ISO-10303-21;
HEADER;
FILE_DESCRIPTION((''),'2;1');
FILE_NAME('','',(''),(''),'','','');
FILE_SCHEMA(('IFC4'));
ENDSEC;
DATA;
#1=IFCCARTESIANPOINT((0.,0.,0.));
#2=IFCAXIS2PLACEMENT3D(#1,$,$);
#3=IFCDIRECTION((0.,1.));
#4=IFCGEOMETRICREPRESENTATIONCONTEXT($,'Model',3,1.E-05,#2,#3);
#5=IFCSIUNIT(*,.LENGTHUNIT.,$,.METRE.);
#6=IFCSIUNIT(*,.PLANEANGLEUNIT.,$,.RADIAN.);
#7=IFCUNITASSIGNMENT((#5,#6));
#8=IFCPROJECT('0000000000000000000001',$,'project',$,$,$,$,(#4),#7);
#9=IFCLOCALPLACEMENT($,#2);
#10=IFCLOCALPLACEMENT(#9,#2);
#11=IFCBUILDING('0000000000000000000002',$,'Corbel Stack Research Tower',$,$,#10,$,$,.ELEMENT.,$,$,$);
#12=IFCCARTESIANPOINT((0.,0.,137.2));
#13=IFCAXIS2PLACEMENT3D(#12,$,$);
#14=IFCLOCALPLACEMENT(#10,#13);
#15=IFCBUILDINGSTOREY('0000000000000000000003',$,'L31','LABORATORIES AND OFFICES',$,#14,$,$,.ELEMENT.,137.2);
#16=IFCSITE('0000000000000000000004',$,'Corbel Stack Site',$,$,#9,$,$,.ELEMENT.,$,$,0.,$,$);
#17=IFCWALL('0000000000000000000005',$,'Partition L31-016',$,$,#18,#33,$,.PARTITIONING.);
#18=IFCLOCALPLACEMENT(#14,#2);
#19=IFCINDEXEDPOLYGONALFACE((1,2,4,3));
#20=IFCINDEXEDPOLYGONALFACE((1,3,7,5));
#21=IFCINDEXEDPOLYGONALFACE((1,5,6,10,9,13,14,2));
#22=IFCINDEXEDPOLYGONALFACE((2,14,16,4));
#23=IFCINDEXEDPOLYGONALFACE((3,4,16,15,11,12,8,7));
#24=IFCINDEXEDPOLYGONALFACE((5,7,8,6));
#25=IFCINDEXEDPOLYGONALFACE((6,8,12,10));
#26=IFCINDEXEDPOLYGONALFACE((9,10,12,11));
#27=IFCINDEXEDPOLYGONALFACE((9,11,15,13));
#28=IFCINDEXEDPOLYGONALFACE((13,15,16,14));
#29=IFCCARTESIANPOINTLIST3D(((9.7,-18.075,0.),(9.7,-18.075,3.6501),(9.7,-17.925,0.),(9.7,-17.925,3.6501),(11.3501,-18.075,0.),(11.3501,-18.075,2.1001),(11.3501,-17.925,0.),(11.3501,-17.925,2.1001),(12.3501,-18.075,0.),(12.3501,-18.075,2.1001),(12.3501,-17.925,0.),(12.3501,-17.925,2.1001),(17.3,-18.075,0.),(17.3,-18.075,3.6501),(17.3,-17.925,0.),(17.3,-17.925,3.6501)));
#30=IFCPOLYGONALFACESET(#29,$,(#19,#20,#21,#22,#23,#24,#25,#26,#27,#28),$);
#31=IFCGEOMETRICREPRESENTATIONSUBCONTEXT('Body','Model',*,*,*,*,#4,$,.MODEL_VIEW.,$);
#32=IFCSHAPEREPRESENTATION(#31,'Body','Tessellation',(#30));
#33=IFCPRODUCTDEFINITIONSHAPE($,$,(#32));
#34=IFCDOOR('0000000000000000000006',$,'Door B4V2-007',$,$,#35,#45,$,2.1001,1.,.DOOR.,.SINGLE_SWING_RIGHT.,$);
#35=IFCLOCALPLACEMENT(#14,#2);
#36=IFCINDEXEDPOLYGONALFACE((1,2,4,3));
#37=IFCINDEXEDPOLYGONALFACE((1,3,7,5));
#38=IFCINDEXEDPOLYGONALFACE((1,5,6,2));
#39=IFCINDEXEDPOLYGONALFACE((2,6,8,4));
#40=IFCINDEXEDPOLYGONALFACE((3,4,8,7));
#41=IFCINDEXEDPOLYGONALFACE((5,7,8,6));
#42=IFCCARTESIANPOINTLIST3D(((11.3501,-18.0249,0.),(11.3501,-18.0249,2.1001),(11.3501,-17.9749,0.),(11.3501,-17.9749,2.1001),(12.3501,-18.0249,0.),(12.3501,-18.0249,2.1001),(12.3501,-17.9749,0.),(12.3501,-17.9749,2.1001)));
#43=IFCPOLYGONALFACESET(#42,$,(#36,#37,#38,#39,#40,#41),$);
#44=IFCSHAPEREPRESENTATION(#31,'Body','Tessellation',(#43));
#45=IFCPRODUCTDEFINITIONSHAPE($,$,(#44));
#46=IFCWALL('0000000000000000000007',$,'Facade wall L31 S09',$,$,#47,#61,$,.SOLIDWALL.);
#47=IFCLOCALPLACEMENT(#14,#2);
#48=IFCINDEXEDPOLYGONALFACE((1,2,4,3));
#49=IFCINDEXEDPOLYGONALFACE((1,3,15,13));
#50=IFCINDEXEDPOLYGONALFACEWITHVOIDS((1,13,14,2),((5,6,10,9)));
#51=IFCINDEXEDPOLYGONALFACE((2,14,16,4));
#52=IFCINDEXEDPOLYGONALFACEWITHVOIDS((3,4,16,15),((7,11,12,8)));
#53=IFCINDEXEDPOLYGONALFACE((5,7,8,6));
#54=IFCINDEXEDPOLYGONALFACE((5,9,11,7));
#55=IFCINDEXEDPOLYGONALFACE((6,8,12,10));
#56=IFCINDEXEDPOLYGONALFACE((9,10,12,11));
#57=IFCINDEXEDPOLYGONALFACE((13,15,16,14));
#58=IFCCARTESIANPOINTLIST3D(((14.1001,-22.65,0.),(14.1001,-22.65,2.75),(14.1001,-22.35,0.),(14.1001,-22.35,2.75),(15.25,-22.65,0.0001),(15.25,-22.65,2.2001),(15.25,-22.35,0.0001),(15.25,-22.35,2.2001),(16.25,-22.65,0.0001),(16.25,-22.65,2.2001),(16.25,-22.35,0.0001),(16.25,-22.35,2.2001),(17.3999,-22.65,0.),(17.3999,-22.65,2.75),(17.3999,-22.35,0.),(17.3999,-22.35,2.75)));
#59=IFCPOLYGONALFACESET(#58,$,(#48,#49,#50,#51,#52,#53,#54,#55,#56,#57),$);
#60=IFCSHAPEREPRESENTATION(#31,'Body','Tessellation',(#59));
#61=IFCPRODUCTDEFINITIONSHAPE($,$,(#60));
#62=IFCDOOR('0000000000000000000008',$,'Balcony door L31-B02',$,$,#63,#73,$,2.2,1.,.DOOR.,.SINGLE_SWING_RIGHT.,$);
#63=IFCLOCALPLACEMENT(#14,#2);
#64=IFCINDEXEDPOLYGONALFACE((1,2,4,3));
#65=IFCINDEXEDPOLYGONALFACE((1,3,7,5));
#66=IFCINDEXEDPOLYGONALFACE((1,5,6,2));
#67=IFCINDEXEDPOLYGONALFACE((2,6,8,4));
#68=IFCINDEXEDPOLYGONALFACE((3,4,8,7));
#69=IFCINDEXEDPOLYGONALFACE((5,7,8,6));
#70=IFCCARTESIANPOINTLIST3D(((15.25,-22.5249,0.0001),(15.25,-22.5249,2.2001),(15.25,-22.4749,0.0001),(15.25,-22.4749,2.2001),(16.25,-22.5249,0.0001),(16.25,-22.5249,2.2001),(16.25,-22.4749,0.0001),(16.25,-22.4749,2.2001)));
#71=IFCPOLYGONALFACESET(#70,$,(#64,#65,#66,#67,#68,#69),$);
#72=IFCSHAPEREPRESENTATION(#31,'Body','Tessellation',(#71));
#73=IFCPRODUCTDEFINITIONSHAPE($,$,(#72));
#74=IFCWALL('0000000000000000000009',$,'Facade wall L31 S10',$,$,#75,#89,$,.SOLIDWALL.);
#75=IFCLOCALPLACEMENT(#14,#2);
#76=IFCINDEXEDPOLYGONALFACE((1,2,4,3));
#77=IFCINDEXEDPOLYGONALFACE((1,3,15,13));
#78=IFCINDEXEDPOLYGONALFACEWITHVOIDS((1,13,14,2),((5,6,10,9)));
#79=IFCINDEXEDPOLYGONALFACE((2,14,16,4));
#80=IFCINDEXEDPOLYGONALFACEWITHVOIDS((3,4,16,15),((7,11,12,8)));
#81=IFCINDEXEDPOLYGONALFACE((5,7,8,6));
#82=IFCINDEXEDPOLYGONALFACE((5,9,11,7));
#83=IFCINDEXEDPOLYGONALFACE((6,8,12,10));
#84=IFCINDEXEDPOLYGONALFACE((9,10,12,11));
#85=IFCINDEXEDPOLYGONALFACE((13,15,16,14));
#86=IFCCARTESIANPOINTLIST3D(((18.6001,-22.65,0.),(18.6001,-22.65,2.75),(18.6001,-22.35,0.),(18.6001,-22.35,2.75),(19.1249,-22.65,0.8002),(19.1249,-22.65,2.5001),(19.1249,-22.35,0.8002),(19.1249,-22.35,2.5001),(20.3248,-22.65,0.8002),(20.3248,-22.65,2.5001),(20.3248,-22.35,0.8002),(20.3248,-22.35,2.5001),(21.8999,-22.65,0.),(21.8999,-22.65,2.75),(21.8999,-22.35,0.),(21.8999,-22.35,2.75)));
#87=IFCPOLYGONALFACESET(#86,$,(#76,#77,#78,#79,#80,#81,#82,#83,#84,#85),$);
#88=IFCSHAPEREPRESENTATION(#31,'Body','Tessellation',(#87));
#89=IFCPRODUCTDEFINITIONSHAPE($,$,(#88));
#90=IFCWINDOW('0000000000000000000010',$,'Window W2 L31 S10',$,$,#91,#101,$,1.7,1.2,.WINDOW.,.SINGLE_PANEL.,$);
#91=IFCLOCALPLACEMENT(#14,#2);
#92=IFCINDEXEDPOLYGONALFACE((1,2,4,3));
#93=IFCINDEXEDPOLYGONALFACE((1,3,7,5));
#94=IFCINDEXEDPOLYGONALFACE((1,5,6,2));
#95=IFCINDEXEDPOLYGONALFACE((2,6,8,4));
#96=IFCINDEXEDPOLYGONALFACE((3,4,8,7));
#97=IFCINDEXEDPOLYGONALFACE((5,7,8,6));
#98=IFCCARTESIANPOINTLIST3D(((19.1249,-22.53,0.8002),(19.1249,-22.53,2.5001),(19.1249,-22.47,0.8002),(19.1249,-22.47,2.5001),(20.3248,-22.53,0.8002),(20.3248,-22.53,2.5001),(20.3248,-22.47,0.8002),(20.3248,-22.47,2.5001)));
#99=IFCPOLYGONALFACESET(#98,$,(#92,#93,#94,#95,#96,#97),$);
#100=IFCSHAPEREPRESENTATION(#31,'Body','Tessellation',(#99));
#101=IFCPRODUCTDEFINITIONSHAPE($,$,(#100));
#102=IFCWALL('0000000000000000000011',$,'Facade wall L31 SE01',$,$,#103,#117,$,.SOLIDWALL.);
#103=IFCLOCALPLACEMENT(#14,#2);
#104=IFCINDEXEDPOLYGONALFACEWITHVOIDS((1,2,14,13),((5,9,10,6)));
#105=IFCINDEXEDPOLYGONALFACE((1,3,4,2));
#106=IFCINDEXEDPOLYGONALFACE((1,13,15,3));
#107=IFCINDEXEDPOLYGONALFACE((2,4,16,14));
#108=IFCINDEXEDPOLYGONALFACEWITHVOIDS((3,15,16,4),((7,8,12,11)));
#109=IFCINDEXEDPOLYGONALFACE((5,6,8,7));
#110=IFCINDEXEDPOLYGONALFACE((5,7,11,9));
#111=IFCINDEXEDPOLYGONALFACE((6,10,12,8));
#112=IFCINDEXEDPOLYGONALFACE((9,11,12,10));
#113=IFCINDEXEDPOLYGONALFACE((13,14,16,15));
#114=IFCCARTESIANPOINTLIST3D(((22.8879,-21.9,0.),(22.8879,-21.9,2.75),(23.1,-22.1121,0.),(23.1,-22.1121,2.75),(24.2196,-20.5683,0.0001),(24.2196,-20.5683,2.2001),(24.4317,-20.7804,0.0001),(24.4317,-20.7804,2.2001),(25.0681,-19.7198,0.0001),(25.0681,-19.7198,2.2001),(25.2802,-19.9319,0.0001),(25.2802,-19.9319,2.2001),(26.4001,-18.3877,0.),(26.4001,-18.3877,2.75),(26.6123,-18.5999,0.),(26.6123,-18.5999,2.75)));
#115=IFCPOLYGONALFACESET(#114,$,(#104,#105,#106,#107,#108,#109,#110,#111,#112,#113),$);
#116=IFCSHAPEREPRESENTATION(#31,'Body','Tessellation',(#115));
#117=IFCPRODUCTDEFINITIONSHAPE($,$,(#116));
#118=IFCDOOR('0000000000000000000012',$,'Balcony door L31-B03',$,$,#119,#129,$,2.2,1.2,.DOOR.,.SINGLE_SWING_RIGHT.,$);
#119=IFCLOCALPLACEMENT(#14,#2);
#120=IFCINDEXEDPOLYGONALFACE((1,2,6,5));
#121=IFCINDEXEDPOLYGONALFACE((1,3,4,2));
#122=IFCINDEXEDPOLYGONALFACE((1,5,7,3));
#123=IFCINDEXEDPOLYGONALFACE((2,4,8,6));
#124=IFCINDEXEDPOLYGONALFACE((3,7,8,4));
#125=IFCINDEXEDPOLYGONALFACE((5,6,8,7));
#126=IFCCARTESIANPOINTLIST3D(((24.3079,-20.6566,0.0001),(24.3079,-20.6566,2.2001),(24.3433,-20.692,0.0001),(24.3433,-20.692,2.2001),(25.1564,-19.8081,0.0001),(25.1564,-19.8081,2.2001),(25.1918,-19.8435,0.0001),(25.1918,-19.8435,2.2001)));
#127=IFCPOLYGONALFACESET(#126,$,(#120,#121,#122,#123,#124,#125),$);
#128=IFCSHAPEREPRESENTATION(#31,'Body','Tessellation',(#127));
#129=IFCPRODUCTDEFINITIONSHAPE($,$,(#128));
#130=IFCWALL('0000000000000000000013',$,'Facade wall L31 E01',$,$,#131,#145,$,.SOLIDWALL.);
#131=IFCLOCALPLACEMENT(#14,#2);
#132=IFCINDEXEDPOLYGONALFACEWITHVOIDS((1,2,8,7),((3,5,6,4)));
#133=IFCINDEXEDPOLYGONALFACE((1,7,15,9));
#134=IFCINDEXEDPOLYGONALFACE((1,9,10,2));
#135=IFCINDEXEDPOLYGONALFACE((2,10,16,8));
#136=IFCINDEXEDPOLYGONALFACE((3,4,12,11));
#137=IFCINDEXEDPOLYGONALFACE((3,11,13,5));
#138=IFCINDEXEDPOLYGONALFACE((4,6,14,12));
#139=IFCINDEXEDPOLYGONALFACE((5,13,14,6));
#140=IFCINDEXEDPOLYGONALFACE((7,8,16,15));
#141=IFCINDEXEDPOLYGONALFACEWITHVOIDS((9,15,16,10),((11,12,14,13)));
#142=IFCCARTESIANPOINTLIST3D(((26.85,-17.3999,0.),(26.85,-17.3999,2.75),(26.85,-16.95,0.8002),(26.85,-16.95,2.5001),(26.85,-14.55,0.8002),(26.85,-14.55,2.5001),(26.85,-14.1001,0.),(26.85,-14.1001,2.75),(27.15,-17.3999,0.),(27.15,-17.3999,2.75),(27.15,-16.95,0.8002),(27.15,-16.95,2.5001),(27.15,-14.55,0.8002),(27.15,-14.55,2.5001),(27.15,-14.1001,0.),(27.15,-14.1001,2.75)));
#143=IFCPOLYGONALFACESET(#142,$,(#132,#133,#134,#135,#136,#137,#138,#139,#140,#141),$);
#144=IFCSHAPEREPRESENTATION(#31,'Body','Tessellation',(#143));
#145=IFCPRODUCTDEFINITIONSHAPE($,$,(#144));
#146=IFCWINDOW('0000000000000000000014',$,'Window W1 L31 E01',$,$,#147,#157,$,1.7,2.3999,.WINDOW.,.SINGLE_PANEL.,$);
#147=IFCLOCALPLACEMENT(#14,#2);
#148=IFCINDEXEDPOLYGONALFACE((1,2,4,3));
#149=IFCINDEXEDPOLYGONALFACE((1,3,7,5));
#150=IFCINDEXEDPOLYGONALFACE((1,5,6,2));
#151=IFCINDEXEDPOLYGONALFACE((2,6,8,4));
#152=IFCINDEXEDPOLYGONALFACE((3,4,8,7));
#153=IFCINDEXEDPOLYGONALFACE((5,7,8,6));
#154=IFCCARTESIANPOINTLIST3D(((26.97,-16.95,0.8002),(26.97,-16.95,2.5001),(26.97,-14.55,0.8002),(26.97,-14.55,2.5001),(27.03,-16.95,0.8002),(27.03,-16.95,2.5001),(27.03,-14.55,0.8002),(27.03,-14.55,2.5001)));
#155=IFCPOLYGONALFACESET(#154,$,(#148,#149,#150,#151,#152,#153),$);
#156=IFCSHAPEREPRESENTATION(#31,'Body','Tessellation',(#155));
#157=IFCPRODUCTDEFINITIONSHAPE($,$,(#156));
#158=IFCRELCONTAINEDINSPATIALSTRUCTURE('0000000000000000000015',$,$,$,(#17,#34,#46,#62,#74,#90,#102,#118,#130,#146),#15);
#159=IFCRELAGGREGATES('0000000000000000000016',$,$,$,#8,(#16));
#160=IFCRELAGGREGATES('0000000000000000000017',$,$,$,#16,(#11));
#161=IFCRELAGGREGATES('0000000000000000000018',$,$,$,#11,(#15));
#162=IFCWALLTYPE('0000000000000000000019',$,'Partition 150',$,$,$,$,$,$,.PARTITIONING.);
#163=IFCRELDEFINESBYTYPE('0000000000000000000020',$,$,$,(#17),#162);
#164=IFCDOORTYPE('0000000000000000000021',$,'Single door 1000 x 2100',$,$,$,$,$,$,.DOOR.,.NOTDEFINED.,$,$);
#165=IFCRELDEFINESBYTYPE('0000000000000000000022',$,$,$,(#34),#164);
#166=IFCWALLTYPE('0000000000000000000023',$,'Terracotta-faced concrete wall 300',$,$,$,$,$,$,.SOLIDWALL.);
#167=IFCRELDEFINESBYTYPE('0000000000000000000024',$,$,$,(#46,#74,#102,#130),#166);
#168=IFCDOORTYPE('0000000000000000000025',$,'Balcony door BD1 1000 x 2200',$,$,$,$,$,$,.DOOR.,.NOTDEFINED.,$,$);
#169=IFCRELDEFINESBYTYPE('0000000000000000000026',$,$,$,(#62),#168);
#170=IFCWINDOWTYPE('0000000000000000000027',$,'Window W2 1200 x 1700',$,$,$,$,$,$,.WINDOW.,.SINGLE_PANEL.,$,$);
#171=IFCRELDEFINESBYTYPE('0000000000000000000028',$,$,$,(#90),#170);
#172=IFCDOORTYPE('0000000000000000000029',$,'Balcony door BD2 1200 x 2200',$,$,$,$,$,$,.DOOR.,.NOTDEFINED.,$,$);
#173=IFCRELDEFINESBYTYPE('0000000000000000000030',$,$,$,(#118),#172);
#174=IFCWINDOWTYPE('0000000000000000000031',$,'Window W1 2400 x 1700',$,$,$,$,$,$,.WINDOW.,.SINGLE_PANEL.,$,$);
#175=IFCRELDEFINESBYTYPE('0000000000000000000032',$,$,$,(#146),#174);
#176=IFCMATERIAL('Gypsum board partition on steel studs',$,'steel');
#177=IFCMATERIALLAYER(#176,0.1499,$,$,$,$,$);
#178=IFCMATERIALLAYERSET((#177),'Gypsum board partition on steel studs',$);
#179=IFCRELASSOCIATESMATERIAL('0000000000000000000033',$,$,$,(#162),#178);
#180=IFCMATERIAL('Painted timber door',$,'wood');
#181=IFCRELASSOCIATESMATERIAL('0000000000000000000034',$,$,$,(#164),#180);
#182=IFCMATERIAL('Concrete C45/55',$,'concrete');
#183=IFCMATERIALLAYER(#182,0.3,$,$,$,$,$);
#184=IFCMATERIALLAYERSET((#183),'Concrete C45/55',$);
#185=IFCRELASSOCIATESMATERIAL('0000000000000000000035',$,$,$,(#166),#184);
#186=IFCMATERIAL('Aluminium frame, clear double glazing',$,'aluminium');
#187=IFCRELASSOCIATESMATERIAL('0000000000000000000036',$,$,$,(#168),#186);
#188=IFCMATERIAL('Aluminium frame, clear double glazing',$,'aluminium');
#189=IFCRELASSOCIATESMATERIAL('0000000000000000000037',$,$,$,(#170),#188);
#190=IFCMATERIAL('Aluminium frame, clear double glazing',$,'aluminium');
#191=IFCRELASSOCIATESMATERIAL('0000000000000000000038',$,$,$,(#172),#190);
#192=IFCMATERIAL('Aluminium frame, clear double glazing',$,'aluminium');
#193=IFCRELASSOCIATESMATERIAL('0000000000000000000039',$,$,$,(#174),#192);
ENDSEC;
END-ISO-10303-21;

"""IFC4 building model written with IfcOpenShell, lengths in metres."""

from ifc_helpers import new_model, si_unit, direction, frame, frame_2d, origin, place, context, subcontext, project, spatial, rectangle, extrude, material, layer, layer_set, type_object, element, fill, save


model = new_model("IFC4")

# Units and contexts
model_context = context("Model", 3, precision=1e-05, world=origin(), true_north=direction((0.0, 1.0)))
body_context = subcontext(model_context, "Body", "Model", "MODEL_VIEW")
ifc_project = project(units=[si_unit("LENGTHUNIT", "METRE"), si_unit("PLANEANGLEUNIT", "RADIAN")], contexts=[model_context])

# Site, building, storey
site_placement = place(None, origin())
site = spatial("IfcSite", under=ifc_project, at=site_placement, Name="Corbel Stack Site", CompositionType="ELEMENT", RefElevation=0.0)
building_placement = place(site_placement, origin())
building = spatial("IfcBuilding", under=site, at=building_placement, Name="Corbel Stack Research Tower", CompositionType="ELEMENT")
storey_placement = place(building_placement, frame((0.0, 0.0, 137.2)))
storey = spatial("IfcBuildingStorey", under=building, at=storey_placement, Name="L31", Description="LABORATORIES AND OFFICES", CompositionType="ELEMENT", Elevation=137.2)

# Walls, openings, doors
ifc_material_1 = material(Name="Gypsum board partition on steel studs", Category="steel")
ifc_layer_1 = layer(ifc_material_1, 0.1499)
ifc_layer_set_1 = layer_set([ifc_layer_1], Name="Gypsum board partition on steel studs")
wall_type_1 = type_object("IfcWallType", Name="Partition 150", PredefinedType="PARTITIONING", material=ifc_layer_set_1)
wall_1_placement = place(storey_placement, frame((17.3, -18.0, 0.0), z_axis=(0.0, 0.0, 1.0), x_axis=(-1.0, 0.0, 0.0)))
wall_1 = element("IfcWall", 1, at=wall_1_placement, inside=storey, type_object=wall_type_1, Name="Partition L31-016", PredefinedType="PARTITIONING", context=body_context, shape_type="SweptSolid", body=[
    extrude(rectangle(XDim=7.6001, YDim=0.1499, at=frame_2d((3.8, 0.0))), origin(), (0.0, 0.0, 1.0), 3.6501),
])
opening_1_placement = place(wall_1_placement, frame((4.95, 0.0, 0.0)))
opening_1 = element("IfcOpeningElement", 2, at=opening_1_placement, cuts=wall_1, PredefinedType="OPENING", context=body_context, shape_type="SweptSolid", body=[
    extrude(rectangle(XDim=1.0, YDim=2.1001, at=frame_2d((0.5, 1.05))), frame((0.0, 0.085, 0.0), z_axis=(0.0, -1.0, 0.0), x_axis=(1.0, 0.0, 0.0)), (0.0, 0.0, 1.0), 0.1699),
])
ifc_material_2 = material(Name="Painted timber door", Category="wood")
door_type_1 = type_object("IfcDoorType", Name="Single door 1000 x 2100", OperationType="NOTDEFINED", PredefinedType="DOOR", material=ifc_material_2)
door_1_placement = place(opening_1_placement, origin())
door_1 = element("IfcDoor", 3, at=door_1_placement, inside=storey, type_object=door_type_1, Name="Door B4V2-007", OperationType="SINGLE_SWING_RIGHT", OverallHeight=2.1001, OverallWidth=1.0, PredefinedType="DOOR", context=body_context, shape_type="SweptSolid", body=[
    extrude(rectangle(XDim=1.0, YDim=2.1001, at=frame_2d((0.5, 1.05))), frame((0.0, 0.0249, 0.0), z_axis=(0.0, -1.0, 0.0), x_axis=(1.0, 0.0, 0.0)), (0.0, 0.0, 1.0), 0.05),
])
fill(opening_1, door_1)
ifc_material_3 = material(Name="Concrete C45/55", Category="concrete")
ifc_layer_2 = layer(ifc_material_3, 0.3)
ifc_layer_set_2 = layer_set([ifc_layer_2], Name="Concrete C45/55")
wall_type_2 = type_object("IfcWallType", Name="Terracotta-faced concrete wall 300", PredefinedType="SOLIDWALL", material=ifc_layer_set_2)
wall_2_placement = place(storey_placement, frame((17.3999, -22.5, 0.0), z_axis=(0.0, 0.0, 1.0), x_axis=(-1.0, 0.0, 0.0)))
wall_2 = element("IfcWall", 4, at=wall_2_placement, inside=storey, type_object=wall_type_2, Name="Facade wall L31 S09", PredefinedType="SOLIDWALL", context=body_context, shape_type="SweptSolid", body=[
    extrude(rectangle(XDim=3.2998, YDim=0.3, at=frame_2d((1.6499, 0.0))), origin(), (0.0, 0.0, 1.0), 2.75),
])
opening_2_placement = place(wall_2_placement, frame((1.1499, 0.0, 0.0)))
opening_2 = element("IfcOpeningElement", 5, at=opening_2_placement, cuts=wall_2, PredefinedType="OPENING", context=body_context, shape_type="SweptSolid", body=[
    extrude(rectangle(XDim=1.0, YDim=2.2, at=frame_2d((0.5, 1.1001))), frame((0.0, 0.1599, 0.0), z_axis=(0.0, -1.0, 0.0), x_axis=(1.0, 0.0, 0.0)), (0.0, 0.0, 1.0), 0.3201),
])
ifc_material_4 = material(Name="Aluminium frame, clear double glazing", Category="aluminium")
door_type_2 = type_object("IfcDoorType", Name="Balcony door BD1 1000 x 2200", OperationType="NOTDEFINED", PredefinedType="DOOR", material=ifc_material_4)
door_2_placement = place(opening_2_placement, origin())
door_2 = element("IfcDoor", 6, at=door_2_placement, inside=storey, type_object=door_type_2, Name="Balcony door L31-B02", OperationType="SINGLE_SWING_RIGHT", OverallHeight=2.2, OverallWidth=1.0, PredefinedType="DOOR", context=body_context, shape_type="SweptSolid", body=[
    extrude(rectangle(XDim=1.0, YDim=2.2, at=frame_2d((0.5, 1.1001))), frame((0.0, 0.0249, 0.0), z_axis=(0.0, -1.0, 0.0), x_axis=(1.0, 0.0, 0.0)), (0.0, 0.0, 1.0), 0.05),
])
fill(opening_2, door_2)

# Wall, opening, window
wall_3_placement = place(storey_placement, frame((21.8999, -22.5, 0.0), z_axis=(0.0, 0.0, 1.0), x_axis=(-1.0, 0.0, 0.0)))
wall_3 = element("IfcWall", 7, at=wall_3_placement, inside=storey, type_object=wall_type_2, Name="Facade wall L31 S10", PredefinedType="SOLIDWALL", context=body_context, shape_type="SweptSolid", body=[
    extrude(rectangle(XDim=3.2998, YDim=0.3, at=frame_2d((1.6499, 0.0))), origin(), (0.0, 0.0, 1.0), 2.75),
])
opening_3_placement = place(wall_3_placement, frame((1.575, 0.0, 0.8)))
opening_3 = element("IfcOpeningElement", 8, at=opening_3_placement, cuts=wall_3, PredefinedType="OPENING", context=body_context, shape_type="SweptSolid", body=[
    extrude(rectangle(XDim=1.2, YDim=1.7, at=frame_2d((0.6001, 0.8501))), frame((0.0, 0.1599, 0.0), z_axis=(0.0, -1.0, 0.0), x_axis=(1.0, 0.0, 0.0)), (0.0, 0.0, 1.0), 0.3201),
])
ifc_material_5 = material(Name="Aluminium frame, clear double glazing", Category="aluminium")
window_type_1 = type_object("IfcWindowType", Name="Window W2 1200 x 1700", PartitioningType="SINGLE_PANEL", PredefinedType="WINDOW", material=ifc_material_5)
window_1_placement = place(opening_3_placement, origin())
window_1 = element("IfcWindow", 9, at=window_1_placement, inside=storey, type_object=window_type_1, Name="Window W2 L31 S10", OverallHeight=1.7, OverallWidth=1.2, PartitioningType="SINGLE_PANEL", PredefinedType="WINDOW", context=body_context, shape_type="SweptSolid", body=[
    extrude(rectangle(XDim=1.2, YDim=1.7, at=frame_2d((0.6001, 0.8501))), frame((0.0, 0.03, 0.0), z_axis=(0.0, -1.0, 0.0), x_axis=(1.0, 0.0, 0.0)), (0.0, 0.0, 1.0), 0.0601),
])
fill(opening_3, window_1)

# Wall, opening, door
wall_4_placement = place(storey_placement, frame((26.5061, -18.4939, 0.0), z_axis=(0.0, 0.0, 1.0), x_axis=(-0.707107, -0.707107, 0.0)))
wall_4 = element("IfcWall", 10, at=wall_4_placement, inside=storey, type_object=wall_type_2, Name="Facade wall L31 SE01", PredefinedType="SOLIDWALL", context=body_context, shape_type="SweptSolid", body=[
    extrude(rectangle(XDim=4.967, YDim=0.3, at=frame_2d((2.4834, 0.0))), origin(), (0.0, 0.0, 1.0), 2.75),
])
opening_4_placement = place(wall_4_placement, frame((1.8835, 0.0, 0.0)))
opening_4 = element("IfcOpeningElement", 11, at=opening_4_placement, cuts=wall_4, PredefinedType="OPENING", context=body_context, shape_type="SweptSolid", body=[
    extrude(rectangle(XDim=1.2, YDim=2.2, at=frame_2d((0.6001, 1.1001))), frame((0.0, 0.1599, 0.0), z_axis=(0.0, -1.0, 0.0), x_axis=(1.0, 0.0, 0.0)), (0.0, 0.0, 1.0), 0.3201),
])
ifc_material_6 = material(Name="Aluminium frame, clear double glazing", Category="aluminium")
door_type_3 = type_object("IfcDoorType", Name="Balcony door BD2 1200 x 2200", OperationType="NOTDEFINED", PredefinedType="DOOR", material=ifc_material_6)
door_3_placement = place(opening_4_placement, origin())
door_3 = element("IfcDoor", 12, at=door_3_placement, inside=storey, type_object=door_type_3, Name="Balcony door L31-B03", OperationType="SINGLE_SWING_RIGHT", OverallHeight=2.2, OverallWidth=1.2, PredefinedType="DOOR", context=body_context, shape_type="SweptSolid", body=[
    extrude(rectangle(XDim=1.2, YDim=2.2, at=frame_2d((0.6001, 1.1001))), frame((0.0, 0.0249, 0.0), z_axis=(0.0, -1.0, 0.0), x_axis=(1.0, 0.0, 0.0)), (0.0, 0.0, 1.0), 0.05),
])
fill(opening_4, door_3)

# Wall, opening, window
wall_5_placement = place(storey_placement, frame((27.0, -14.1001, 0.0), z_axis=(0.0, 0.0, 1.0), x_axis=(0.0, -1.0, 0.0)))
wall_5 = element("IfcWall", 13, at=wall_5_placement, inside=storey, type_object=wall_type_2, Name="Facade wall L31 E01", PredefinedType="SOLIDWALL", context=body_context, shape_type="SweptSolid", body=[
    extrude(rectangle(XDim=3.2998, YDim=0.3, at=frame_2d((1.6499, 0.0))), origin(), (0.0, 0.0, 1.0), 2.75),
])
opening_5_placement = place(wall_5_placement, frame((0.45, 0.0, 0.8)))
opening_5 = element("IfcOpeningElement", 14, at=opening_5_placement, cuts=wall_5, PredefinedType="OPENING", context=body_context, shape_type="SweptSolid", body=[
    extrude(rectangle(XDim=2.3999, YDim=1.7, at=frame_2d((1.2, 0.8501))), frame((0.0, 0.1599, 0.0), z_axis=(0.0, -1.0, 0.0), x_axis=(1.0, 0.0, 0.0)), (0.0, 0.0, 1.0), 0.3201),
])
ifc_material_7 = material(Name="Aluminium frame, clear double glazing", Category="aluminium")
window_type_2 = type_object("IfcWindowType", Name="Window W1 2400 x 1700", PartitioningType="SINGLE_PANEL", PredefinedType="WINDOW", material=ifc_material_7)
window_2_placement = place(opening_5_placement, origin())
window_2 = element("IfcWindow", 15, at=window_2_placement, inside=storey, type_object=window_type_2, Name="Window W1 L31 E01", OverallHeight=1.7, OverallWidth=2.3999, PartitioningType="SINGLE_PANEL", PredefinedType="WINDOW", context=body_context, shape_type="SweptSolid", body=[
    extrude(rectangle(XDim=2.3999, YDim=1.7, at=frame_2d((1.2, 0.8501))), frame((0.0, 0.03, 0.0), z_axis=(0.0, -1.0, 0.0), x_axis=(1.0, 0.0, 0.0)), (0.0, 0.0, 1.0), 0.0601),
])
fill(opening_5, window_2)

save(model, "model.ifc")
